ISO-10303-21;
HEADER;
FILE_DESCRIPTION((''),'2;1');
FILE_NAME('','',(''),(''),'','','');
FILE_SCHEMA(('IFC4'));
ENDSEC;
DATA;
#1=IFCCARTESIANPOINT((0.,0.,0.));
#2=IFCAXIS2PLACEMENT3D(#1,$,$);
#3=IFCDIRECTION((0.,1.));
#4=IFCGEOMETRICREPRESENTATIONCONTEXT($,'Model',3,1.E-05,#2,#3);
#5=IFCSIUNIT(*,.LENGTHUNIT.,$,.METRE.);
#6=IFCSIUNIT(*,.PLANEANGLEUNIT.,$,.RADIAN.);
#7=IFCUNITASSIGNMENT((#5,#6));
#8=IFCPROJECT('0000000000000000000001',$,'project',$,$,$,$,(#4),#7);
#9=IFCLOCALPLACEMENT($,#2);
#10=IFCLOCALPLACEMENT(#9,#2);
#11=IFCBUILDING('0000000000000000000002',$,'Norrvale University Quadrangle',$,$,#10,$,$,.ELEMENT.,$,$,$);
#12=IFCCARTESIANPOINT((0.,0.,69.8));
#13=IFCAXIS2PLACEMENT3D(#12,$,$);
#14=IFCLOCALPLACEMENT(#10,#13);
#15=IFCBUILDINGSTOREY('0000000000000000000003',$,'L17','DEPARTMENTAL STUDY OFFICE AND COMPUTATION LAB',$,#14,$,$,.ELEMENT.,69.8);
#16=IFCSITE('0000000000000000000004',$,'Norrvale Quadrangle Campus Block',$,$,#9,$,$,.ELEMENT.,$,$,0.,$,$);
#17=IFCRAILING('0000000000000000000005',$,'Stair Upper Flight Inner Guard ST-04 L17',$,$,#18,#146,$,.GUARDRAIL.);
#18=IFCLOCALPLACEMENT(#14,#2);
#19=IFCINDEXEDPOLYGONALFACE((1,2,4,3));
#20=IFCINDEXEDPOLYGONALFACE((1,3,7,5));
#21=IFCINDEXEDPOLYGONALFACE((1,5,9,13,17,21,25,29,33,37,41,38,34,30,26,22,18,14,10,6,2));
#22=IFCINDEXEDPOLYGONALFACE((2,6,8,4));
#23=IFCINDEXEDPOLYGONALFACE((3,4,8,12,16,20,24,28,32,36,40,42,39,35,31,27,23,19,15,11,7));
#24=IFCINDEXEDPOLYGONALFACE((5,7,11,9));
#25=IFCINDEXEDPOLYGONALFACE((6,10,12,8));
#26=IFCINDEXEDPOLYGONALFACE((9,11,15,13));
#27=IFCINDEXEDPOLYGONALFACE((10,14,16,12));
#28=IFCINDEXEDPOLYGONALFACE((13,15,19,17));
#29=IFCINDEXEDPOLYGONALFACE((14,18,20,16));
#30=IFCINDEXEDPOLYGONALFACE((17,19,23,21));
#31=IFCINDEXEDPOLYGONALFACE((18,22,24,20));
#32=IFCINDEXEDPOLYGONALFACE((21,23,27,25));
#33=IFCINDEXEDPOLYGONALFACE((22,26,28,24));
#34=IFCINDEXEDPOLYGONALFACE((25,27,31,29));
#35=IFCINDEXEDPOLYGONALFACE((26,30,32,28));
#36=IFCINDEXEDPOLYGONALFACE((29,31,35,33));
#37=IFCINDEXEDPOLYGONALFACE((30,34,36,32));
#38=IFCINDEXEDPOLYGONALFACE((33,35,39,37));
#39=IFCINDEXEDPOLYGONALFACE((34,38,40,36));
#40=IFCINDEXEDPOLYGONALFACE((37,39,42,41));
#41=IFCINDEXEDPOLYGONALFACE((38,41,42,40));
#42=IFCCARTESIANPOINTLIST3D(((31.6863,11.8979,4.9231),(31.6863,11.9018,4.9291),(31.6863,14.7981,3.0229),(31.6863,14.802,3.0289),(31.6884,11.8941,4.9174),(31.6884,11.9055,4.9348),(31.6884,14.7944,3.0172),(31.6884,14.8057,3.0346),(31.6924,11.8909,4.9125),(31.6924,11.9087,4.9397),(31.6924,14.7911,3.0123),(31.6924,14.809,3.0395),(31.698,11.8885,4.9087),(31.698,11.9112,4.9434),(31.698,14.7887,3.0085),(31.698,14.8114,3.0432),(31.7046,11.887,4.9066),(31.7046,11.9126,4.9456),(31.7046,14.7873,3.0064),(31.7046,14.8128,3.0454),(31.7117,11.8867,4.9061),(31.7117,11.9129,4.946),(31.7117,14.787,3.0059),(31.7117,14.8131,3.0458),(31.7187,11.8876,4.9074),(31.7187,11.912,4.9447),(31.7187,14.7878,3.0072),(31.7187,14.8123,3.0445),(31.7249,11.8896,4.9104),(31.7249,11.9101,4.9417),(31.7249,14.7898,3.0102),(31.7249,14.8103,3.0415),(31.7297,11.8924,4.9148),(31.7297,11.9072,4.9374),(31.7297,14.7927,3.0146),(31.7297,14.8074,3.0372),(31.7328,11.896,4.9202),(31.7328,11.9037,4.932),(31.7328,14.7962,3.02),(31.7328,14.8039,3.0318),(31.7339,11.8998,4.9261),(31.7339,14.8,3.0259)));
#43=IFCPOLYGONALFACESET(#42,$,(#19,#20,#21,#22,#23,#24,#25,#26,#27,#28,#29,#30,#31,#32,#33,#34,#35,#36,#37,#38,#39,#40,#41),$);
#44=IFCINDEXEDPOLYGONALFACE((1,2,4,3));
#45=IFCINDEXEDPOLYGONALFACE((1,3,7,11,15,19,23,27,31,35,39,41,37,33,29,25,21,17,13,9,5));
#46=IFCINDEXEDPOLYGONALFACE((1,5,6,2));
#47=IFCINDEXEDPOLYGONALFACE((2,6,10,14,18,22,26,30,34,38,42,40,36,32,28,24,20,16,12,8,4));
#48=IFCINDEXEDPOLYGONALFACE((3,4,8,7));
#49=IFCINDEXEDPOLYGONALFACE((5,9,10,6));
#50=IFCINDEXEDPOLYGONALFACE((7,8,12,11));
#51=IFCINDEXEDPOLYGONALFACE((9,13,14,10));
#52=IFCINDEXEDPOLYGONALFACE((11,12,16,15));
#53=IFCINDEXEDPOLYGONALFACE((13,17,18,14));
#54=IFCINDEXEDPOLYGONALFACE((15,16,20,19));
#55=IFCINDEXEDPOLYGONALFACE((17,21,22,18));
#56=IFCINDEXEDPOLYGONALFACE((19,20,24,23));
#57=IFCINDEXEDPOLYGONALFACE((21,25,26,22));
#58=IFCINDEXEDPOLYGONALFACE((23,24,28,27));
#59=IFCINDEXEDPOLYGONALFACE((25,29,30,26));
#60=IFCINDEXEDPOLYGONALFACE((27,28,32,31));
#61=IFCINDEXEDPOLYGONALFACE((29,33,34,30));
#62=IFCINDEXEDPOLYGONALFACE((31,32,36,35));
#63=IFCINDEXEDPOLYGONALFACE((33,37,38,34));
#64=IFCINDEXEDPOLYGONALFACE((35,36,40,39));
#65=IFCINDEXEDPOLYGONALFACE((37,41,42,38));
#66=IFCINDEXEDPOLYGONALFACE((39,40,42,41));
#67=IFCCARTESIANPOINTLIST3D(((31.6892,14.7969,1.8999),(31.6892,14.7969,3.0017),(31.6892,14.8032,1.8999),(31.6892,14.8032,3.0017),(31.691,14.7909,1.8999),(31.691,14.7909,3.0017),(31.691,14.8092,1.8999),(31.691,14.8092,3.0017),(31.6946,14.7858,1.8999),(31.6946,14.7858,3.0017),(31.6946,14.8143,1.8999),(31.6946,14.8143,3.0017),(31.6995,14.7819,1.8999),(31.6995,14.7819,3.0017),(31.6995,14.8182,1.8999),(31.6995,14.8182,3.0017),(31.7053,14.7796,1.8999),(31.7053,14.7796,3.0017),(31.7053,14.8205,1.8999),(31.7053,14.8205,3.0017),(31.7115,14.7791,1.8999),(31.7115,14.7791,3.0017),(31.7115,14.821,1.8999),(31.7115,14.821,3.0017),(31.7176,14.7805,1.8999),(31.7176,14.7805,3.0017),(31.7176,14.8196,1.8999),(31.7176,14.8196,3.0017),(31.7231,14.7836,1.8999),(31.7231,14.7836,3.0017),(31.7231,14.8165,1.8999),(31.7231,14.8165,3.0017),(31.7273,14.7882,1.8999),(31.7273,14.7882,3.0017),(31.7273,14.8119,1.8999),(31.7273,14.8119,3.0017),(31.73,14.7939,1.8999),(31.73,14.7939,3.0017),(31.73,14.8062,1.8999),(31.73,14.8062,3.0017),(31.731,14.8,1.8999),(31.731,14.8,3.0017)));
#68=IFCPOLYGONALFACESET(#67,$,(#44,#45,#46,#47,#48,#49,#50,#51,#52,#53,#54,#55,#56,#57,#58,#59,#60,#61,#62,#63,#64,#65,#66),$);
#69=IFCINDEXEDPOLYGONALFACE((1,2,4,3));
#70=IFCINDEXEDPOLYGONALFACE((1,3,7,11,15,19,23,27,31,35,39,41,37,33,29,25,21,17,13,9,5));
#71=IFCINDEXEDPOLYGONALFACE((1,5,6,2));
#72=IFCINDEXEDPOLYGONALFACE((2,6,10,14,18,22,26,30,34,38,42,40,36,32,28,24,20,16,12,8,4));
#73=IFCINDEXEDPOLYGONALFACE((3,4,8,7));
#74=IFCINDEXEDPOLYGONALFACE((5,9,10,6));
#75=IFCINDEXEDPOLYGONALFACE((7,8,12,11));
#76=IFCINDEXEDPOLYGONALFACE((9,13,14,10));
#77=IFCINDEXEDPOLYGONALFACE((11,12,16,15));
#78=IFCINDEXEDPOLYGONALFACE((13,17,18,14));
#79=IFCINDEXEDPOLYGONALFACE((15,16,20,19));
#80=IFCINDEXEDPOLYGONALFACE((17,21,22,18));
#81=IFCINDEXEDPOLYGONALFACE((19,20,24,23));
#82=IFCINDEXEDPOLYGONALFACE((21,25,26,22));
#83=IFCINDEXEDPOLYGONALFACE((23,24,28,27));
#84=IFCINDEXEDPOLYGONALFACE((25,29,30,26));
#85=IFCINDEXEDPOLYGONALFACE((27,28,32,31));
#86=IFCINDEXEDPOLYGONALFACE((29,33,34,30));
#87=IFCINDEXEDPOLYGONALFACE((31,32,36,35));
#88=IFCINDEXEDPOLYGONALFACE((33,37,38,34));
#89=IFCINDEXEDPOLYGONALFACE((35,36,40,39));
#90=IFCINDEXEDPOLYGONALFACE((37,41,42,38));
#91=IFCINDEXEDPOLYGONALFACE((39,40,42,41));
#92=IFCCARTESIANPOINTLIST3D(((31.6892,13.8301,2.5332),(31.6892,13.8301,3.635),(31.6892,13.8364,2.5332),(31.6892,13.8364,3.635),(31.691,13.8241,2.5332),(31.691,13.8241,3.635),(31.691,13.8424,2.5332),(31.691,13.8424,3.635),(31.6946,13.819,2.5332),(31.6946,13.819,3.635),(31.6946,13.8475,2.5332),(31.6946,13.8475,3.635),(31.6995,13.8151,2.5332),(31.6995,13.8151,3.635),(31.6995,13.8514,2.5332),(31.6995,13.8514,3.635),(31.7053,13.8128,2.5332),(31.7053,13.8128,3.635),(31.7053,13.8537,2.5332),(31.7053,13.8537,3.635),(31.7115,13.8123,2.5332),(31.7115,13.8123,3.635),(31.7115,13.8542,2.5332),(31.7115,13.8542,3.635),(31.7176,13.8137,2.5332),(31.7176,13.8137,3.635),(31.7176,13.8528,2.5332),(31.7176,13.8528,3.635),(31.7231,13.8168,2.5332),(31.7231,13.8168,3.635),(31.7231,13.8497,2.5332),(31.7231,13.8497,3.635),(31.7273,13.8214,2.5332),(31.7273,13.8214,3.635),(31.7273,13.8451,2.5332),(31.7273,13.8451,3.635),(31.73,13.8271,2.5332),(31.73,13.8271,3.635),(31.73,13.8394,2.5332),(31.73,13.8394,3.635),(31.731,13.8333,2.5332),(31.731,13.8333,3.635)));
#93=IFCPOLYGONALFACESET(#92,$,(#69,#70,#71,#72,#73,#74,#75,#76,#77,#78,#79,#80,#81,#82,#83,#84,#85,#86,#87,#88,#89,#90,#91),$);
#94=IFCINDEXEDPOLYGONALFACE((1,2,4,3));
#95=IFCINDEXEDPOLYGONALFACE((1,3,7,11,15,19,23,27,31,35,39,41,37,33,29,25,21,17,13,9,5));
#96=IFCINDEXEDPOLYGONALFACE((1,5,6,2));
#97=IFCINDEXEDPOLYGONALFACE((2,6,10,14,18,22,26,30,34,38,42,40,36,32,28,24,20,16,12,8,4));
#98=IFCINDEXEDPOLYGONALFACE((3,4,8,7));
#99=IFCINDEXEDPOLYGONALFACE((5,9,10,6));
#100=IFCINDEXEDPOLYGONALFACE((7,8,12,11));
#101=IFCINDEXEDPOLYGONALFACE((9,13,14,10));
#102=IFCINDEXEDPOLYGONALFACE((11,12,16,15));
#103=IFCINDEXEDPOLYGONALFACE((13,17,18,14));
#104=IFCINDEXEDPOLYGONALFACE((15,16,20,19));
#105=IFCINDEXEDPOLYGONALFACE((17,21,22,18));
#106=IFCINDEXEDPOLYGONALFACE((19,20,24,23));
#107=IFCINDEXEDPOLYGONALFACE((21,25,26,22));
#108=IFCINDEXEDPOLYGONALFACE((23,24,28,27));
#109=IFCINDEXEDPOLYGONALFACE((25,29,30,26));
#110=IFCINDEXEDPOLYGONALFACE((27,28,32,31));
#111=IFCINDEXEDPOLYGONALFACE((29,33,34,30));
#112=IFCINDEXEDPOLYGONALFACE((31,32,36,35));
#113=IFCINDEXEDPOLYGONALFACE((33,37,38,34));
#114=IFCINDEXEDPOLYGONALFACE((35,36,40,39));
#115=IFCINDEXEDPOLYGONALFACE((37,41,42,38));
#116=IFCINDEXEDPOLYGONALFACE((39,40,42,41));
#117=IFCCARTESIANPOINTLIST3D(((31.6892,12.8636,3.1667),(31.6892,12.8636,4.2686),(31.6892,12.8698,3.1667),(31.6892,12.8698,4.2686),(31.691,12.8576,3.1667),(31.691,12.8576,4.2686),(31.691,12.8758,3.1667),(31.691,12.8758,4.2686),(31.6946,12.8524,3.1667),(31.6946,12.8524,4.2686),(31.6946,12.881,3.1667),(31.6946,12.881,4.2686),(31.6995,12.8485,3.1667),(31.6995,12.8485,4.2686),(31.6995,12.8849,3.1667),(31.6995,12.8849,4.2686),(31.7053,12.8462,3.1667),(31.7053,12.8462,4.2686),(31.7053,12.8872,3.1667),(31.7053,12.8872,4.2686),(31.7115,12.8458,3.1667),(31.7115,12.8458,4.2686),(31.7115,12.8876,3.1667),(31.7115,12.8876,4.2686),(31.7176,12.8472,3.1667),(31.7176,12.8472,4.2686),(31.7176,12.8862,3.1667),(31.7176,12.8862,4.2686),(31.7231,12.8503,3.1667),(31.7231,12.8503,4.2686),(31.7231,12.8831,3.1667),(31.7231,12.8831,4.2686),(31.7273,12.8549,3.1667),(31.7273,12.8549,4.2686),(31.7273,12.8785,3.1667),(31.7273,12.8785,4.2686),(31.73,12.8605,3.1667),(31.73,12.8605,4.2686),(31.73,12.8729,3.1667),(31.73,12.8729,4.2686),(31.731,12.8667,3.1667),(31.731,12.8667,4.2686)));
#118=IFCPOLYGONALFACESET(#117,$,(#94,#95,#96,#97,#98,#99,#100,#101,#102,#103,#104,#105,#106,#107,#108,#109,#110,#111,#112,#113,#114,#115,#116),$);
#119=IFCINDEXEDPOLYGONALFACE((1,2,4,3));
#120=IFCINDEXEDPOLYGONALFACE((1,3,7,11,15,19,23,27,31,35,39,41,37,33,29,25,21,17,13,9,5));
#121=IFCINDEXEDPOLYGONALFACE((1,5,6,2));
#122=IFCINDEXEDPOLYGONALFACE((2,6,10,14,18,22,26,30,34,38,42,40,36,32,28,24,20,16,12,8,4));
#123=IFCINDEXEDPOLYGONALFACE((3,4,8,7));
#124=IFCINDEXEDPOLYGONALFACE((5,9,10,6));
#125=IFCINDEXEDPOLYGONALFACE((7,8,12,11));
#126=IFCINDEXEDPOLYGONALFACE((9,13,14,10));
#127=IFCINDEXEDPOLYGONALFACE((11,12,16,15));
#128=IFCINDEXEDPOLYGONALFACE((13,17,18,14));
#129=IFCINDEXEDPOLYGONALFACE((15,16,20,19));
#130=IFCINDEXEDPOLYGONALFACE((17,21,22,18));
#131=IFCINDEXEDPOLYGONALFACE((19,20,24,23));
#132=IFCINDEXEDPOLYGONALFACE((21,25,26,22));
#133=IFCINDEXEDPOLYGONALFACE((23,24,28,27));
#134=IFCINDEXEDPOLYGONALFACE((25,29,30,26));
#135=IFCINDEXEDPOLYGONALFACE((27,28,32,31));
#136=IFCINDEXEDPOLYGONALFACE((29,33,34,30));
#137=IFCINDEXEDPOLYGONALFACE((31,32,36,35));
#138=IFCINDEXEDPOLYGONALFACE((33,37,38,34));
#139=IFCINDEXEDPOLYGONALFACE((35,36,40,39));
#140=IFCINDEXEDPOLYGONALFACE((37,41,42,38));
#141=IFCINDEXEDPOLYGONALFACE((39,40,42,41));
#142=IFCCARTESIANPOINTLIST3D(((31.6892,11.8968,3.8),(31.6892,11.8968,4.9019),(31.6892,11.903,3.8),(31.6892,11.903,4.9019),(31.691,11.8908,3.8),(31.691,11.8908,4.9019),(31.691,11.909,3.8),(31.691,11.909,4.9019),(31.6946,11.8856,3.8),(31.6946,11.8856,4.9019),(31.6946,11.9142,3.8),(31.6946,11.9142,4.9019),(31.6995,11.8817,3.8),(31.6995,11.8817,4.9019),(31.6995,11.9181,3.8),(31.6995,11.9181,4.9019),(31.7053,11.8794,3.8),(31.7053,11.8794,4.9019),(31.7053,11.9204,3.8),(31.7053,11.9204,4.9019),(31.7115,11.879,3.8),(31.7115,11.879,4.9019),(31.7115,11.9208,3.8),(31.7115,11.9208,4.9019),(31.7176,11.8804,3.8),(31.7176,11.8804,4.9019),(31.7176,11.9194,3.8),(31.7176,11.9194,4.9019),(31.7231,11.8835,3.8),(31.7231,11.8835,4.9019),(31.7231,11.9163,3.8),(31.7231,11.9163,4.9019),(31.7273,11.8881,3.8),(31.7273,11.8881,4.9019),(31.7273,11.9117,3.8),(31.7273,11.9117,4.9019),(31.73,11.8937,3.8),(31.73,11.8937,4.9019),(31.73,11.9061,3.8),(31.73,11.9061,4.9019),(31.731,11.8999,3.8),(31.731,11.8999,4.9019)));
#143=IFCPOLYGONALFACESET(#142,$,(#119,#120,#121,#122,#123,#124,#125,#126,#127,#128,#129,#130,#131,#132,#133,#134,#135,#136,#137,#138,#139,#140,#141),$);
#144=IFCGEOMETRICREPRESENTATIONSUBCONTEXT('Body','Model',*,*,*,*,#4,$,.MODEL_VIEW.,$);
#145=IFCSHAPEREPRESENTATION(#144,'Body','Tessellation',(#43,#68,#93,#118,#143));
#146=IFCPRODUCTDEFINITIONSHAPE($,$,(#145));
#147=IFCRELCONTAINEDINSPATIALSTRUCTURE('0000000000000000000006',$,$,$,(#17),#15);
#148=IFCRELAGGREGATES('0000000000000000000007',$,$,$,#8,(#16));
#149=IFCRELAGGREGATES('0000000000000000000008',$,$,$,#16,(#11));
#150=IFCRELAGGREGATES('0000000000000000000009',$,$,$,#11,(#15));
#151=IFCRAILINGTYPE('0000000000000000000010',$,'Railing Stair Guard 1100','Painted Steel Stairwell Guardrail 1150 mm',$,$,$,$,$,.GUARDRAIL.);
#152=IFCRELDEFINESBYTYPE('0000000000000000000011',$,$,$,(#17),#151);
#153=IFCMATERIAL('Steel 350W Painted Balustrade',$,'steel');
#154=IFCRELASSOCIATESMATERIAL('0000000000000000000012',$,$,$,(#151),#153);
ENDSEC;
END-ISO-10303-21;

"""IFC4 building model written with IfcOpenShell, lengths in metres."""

from ifc_helpers import new_model, si_unit, direction, frame, origin, origin_2d, place, context, subcontext, project, spatial, circle, extrude, material, type_object, element, save


model = new_model("IFC4")

# Units and contexts
model_context = context("Model", 3, precision=1e-05, world=origin(), true_north=direction((0.0, 1.0)))
body_context = subcontext(model_context, "Body", "Model", "MODEL_VIEW")
ifc_project = project(units=[si_unit("LENGTHUNIT", "METRE"), si_unit("PLANEANGLEUNIT", "RADIAN")], contexts=[model_context])

# Site, building, storey
site_placement = place(None, origin())
site = spatial("IfcSite", under=ifc_project, at=site_placement, Name="Norrvale Quadrangle Campus Block", CompositionType="ELEMENT", RefElevation=0.0)
building_placement = place(site_placement, origin())
building = spatial("IfcBuilding", under=site, at=building_placement, Name="Norrvale University Quadrangle", CompositionType="ELEMENT")
storey_placement = place(building_placement, frame((0.0, 0.0, 69.8)))
storey = spatial("IfcBuildingStorey", under=building, at=storey_placement, Name="L17", Description="DEPARTMENTAL STUDY OFFICE AND COMPUTATION LAB", CompositionType="ELEMENT", Elevation=69.8)

# Railing
ifc_material_1 = material(Name="Steel 350W Painted Balustrade", Category="steel")
railing_type_1 = type_object("IfcRailingType", Name="Railing Stair Guard 1100", Description="Painted Steel Stairwell Guardrail 1150 mm", PredefinedType="GUARDRAIL", material=ifc_material_1)
railing_1_placement = place(storey_placement, frame((31.71, 14.8, 1.8999)))
element("IfcRailing", 1, at=railing_1_placement, inside=storey, type_object=railing_type_1, Name="Stair Upper Flight Inner Guard ST-04 L17", PredefinedType="GUARDRAIL", context=body_context, shape_type="SweptSolid", body=[
    extrude(circle(Radius=0.0239, at=origin_2d()), frame((0.0, 0.0, 1.126), z_axis=(0.0, -0.836454, 0.548036), x_axis=(1.0, 0.0, 0.0)), (0.0, 0.0, 1.0), 3.4673),
    extrude(circle(Radius=0.021, at=origin_2d()), origin(), (0.0, 0.0, 1.0), 1.1018),
    extrude(circle(Radius=0.021, at=origin_2d()), frame((0.0, -0.9668, 0.6333)), (0.0, 0.0, 1.0), 1.1018),
    extrude(circle(Radius=0.021, at=origin_2d()), frame((0.0, -1.9333, 1.2668)), (0.0, 0.0, 1.0), 1.1018),
    extrude(circle(Radius=0.021, at=origin_2d()), frame((0.0, -2.9001, 1.9001)), (0.0, 0.0, 1.0), 1.1018),
])

save(model, "model.ifc")
